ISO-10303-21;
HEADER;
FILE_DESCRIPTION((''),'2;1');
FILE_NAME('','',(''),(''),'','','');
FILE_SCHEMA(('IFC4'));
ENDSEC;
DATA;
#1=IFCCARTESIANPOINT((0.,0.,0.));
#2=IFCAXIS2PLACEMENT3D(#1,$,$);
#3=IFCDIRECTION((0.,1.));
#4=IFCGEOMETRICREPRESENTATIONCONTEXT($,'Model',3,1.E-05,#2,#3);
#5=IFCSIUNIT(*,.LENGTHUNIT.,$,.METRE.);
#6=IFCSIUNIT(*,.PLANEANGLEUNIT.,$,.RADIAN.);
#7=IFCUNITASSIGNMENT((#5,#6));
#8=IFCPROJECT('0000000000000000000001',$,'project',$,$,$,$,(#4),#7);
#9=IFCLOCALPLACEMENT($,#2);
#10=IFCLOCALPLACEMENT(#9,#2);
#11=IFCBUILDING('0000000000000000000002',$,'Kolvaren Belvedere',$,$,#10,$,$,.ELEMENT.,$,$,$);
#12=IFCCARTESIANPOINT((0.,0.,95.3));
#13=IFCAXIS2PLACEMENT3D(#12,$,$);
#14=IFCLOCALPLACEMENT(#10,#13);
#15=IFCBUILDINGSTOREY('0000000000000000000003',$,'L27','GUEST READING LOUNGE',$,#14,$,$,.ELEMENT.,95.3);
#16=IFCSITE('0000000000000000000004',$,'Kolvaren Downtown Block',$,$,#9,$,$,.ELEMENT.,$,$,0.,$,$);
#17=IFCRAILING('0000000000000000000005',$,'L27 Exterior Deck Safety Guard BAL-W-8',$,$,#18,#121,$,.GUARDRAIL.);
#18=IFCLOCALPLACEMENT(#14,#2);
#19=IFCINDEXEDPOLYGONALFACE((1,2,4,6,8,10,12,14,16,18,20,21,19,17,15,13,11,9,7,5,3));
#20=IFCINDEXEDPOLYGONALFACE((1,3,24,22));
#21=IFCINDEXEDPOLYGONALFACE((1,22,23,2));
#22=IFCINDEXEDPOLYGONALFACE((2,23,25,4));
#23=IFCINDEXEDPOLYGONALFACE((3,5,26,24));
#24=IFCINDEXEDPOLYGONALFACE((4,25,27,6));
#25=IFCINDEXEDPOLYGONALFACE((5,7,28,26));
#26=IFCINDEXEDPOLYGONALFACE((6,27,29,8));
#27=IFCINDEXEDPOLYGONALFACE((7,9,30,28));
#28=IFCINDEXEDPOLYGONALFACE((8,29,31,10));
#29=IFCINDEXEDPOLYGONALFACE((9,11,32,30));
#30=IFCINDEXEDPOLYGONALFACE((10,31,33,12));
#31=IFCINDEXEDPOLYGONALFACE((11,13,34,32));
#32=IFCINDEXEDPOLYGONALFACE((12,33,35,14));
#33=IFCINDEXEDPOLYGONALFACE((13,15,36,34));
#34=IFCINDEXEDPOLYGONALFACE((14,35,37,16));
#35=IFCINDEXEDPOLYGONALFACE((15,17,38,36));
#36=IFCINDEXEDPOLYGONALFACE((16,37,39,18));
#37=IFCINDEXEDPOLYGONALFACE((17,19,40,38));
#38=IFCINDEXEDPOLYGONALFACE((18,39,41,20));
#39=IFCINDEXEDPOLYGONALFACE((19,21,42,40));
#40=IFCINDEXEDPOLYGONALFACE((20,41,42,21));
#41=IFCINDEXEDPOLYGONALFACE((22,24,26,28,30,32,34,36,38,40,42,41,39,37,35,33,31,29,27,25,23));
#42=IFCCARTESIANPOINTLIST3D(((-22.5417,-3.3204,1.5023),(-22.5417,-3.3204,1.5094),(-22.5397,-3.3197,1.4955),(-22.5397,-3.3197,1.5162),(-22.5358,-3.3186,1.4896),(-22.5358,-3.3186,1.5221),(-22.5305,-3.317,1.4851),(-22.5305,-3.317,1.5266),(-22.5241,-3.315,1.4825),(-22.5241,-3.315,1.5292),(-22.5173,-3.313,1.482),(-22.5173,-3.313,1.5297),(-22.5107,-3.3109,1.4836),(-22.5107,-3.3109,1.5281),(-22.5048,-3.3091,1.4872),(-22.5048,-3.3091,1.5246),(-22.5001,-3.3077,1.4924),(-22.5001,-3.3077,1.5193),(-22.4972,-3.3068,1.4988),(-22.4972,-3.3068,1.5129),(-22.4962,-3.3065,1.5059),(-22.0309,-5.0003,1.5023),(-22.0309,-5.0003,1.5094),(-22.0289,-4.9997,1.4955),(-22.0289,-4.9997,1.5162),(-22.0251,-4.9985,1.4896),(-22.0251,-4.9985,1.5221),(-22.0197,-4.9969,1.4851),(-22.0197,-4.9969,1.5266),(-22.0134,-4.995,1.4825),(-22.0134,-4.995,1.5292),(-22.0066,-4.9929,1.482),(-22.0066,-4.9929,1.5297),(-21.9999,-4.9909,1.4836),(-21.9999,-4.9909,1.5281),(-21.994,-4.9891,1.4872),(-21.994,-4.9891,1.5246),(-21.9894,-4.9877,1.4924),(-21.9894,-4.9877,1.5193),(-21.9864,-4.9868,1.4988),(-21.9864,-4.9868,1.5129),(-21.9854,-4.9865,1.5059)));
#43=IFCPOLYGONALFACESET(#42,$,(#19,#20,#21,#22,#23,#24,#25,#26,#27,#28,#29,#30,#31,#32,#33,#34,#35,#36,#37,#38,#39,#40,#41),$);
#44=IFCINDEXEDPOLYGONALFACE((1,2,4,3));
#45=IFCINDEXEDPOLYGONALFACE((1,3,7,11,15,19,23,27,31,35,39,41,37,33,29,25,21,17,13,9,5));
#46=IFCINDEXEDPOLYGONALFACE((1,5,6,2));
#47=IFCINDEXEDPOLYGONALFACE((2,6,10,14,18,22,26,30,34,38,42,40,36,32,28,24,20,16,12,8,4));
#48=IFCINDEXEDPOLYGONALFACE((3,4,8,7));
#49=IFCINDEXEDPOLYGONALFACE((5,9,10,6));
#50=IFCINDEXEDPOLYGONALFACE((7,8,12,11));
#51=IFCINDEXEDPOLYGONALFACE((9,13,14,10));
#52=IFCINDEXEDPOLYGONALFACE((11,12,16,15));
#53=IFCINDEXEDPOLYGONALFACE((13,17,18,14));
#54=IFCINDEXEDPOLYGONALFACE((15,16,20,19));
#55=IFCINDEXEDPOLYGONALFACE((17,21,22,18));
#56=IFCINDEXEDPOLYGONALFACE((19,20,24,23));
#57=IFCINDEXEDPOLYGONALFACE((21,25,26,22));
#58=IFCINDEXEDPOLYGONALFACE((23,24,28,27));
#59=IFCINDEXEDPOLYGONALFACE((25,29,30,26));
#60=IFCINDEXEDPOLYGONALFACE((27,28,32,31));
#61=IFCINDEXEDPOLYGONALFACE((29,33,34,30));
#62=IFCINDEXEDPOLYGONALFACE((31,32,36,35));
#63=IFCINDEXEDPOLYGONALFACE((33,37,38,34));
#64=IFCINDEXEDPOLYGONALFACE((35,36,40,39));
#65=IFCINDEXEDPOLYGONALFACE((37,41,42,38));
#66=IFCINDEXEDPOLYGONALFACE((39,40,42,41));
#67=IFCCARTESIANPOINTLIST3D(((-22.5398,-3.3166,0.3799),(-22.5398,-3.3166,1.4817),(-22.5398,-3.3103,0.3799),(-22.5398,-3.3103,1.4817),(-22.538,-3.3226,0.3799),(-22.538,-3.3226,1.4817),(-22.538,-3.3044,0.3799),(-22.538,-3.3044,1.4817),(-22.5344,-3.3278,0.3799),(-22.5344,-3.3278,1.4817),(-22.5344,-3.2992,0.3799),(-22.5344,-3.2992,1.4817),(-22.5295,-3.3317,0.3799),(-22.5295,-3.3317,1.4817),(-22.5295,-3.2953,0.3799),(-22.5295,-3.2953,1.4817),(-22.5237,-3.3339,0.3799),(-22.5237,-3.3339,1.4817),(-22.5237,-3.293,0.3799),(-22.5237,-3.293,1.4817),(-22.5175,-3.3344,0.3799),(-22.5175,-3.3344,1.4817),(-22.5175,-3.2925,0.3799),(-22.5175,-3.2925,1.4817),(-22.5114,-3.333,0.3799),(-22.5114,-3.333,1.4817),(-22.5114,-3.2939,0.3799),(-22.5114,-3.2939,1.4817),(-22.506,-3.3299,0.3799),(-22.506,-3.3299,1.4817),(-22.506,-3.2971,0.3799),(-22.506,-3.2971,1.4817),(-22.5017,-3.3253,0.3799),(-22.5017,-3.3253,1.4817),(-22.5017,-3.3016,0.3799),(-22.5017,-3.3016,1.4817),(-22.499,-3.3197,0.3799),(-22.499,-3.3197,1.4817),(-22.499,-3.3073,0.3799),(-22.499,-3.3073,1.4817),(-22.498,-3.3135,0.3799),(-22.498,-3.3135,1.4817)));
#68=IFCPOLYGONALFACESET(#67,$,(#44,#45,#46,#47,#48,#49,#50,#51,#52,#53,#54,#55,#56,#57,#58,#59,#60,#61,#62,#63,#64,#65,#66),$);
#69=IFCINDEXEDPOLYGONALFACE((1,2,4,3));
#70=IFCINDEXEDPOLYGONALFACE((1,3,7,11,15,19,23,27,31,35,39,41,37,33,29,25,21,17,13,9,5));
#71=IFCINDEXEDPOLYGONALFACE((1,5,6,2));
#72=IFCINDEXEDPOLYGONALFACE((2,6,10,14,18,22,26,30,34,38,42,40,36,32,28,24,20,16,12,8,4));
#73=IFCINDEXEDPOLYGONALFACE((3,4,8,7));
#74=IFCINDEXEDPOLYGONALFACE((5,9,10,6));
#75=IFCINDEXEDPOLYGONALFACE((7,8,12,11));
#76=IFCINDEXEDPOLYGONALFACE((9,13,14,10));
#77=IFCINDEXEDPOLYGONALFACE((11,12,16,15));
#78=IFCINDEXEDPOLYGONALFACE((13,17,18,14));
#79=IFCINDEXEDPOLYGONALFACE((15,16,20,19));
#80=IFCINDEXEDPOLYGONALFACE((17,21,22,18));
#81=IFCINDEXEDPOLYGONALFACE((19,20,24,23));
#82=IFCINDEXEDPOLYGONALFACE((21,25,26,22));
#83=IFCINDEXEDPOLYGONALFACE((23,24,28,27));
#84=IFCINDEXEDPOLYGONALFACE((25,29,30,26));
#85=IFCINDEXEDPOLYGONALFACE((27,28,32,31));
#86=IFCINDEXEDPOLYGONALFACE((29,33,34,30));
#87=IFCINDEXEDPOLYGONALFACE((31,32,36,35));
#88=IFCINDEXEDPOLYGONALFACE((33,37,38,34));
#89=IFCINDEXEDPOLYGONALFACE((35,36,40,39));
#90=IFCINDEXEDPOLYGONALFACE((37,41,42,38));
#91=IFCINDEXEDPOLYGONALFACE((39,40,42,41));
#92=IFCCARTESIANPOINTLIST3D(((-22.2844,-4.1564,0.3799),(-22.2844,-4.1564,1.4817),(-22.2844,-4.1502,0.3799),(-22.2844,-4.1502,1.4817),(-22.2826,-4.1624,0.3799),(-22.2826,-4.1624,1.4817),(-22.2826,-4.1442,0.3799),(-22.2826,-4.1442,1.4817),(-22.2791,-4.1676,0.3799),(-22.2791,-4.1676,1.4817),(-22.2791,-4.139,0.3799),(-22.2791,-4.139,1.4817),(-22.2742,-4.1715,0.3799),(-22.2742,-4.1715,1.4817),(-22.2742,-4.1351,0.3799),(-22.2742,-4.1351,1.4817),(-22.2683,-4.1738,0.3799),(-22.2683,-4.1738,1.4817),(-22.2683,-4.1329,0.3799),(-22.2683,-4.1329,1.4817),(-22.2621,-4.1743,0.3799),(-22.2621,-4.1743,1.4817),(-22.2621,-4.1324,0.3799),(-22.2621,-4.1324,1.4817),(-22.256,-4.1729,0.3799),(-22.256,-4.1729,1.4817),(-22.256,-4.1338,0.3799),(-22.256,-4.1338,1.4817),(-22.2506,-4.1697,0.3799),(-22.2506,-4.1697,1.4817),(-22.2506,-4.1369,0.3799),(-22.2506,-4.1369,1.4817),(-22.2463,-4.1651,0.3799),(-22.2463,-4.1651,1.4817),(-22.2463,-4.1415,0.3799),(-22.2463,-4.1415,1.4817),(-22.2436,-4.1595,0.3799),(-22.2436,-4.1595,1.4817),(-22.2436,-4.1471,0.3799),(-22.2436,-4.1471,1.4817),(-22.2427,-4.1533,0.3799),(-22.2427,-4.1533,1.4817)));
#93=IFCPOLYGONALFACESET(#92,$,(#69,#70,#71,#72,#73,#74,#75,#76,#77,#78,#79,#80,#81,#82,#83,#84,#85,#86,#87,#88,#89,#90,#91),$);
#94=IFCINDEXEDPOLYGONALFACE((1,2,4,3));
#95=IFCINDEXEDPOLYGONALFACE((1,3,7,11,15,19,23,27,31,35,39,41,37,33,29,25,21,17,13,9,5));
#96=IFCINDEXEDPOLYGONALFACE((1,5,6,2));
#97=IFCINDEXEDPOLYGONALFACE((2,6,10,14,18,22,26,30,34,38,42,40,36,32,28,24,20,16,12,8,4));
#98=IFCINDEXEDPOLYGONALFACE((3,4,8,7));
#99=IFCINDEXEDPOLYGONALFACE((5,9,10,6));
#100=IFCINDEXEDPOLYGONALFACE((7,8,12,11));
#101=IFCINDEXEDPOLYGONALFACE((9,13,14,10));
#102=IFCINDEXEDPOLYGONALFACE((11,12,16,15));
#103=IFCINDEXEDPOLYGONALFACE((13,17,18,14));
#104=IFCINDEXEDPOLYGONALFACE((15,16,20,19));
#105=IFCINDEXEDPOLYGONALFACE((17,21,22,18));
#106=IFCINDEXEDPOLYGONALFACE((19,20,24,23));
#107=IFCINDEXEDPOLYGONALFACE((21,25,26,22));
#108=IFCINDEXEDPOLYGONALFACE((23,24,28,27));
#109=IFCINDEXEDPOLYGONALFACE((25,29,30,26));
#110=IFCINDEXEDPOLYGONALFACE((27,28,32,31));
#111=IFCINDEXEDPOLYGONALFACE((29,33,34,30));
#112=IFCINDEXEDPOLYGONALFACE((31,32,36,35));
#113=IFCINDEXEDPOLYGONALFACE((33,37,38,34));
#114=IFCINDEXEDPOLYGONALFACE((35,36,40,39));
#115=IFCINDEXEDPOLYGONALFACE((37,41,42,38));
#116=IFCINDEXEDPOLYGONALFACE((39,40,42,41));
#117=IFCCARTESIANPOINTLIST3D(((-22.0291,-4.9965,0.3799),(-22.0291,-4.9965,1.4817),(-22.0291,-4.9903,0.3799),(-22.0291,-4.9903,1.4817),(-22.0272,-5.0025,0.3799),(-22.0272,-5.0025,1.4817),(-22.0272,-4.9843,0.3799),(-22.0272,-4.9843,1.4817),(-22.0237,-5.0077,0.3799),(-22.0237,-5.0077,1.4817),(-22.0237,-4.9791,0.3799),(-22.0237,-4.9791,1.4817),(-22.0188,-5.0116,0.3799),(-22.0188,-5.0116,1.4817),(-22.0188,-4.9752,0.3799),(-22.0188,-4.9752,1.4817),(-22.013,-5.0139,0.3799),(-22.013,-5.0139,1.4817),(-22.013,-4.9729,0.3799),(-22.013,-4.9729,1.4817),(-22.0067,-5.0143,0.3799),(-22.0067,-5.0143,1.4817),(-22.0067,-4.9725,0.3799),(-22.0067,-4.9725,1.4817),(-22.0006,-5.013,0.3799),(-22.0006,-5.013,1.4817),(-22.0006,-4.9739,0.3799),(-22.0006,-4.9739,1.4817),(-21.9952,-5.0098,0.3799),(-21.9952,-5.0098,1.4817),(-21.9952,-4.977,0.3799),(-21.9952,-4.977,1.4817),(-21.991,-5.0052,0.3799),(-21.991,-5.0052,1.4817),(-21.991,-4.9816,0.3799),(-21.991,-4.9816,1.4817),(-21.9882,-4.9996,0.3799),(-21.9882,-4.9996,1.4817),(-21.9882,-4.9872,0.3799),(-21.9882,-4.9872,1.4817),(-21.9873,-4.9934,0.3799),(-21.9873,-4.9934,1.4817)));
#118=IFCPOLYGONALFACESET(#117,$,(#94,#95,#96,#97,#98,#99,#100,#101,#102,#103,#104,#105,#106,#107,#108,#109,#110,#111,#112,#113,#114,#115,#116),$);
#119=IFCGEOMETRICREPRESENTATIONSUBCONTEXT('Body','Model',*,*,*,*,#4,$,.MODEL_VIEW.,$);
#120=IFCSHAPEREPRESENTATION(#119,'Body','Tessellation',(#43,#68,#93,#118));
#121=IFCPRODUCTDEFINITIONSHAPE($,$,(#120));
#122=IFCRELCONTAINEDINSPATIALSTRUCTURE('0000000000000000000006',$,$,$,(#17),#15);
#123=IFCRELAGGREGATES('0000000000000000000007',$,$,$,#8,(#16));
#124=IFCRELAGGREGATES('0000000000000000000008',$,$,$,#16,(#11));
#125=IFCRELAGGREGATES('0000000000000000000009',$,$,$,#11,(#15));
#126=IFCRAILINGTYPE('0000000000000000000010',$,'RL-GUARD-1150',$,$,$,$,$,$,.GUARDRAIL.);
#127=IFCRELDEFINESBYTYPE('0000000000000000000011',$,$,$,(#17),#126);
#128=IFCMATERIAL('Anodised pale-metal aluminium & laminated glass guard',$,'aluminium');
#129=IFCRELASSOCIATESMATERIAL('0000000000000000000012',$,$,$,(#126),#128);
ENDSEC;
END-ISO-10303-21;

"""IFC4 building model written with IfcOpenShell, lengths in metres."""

from ifc_helpers import new_model, si_unit, direction, frame, origin, origin_2d, place, context, subcontext, project, spatial, circle, extrude, material, type_object, element, save


model = new_model("IFC4")

# Units and contexts
model_context = context("Model", 3, precision=1e-05, world=origin(), true_north=direction((0.0, 1.0)))
body_context = subcontext(model_context, "Body", "Model", "MODEL_VIEW")
ifc_project = project(units=[si_unit("LENGTHUNIT", "METRE"), si_unit("PLANEANGLEUNIT", "RADIAN")], contexts=[model_context])

# Site, building, storey
site_placement = place(None, origin())
site = spatial("IfcSite", under=ifc_project, at=site_placement, Name="Kolvaren Downtown Block", CompositionType="ELEMENT", RefElevation=0.0)
building_placement = place(site_placement, origin())
building = spatial("IfcBuilding", under=site, at=building_placement, Name="Kolvaren Belvedere", CompositionType="ELEMENT")
storey_placement = place(building_placement, frame((0.0, 0.0, 95.3)))
storey = spatial("IfcBuildingStorey", under=building, at=storey_placement, Name="L27", Description="GUEST READING LOUNGE", CompositionType="ELEMENT", Elevation=95.3)

# Railing
ifc_material_1 = material(Name="Anodised pale-metal aluminium & laminated glass guard", Category="aluminium")
railing_type = type_object("IfcRailingType", Name="RL-GUARD-1150", PredefinedType="GUARDRAIL", material=ifc_material_1)
railing_1_placement = place(storey_placement, frame((-22.519, -3.3135, 0.3799)))
element("IfcRailing", 1, at=railing_1_placement, inside=storey, type_object=railing_type, Name="L27 Exterior Deck Safety Guard BAL-W-8", PredefinedType="GUARDRAIL", context=body_context, shape_type="SweptSolid", body=[
    extrude(circle(Radius=0.0239, at=origin_2d()), frame((0.0, 0.0, 1.126), z_axis=(0.290879, -0.95676, 0.0), x_axis=(0.95676, 0.290879, 0.0)), (0.0, 0.0, 1.0), 1.7559),
    extrude(circle(Radius=0.021, at=origin_2d()), origin(), (0.0, 0.0, 1.0), 1.1018),
    extrude(circle(Radius=0.021, at=origin_2d()), frame((0.2554, -0.8398, 0.0)), (0.0, 0.0, 1.0), 1.1018),
    extrude(circle(Radius=0.021, at=origin_2d()), frame((0.5107, -1.6799, 0.0)), (0.0, 0.0, 1.0), 1.1018),
])

save(model, "model.ifc")
